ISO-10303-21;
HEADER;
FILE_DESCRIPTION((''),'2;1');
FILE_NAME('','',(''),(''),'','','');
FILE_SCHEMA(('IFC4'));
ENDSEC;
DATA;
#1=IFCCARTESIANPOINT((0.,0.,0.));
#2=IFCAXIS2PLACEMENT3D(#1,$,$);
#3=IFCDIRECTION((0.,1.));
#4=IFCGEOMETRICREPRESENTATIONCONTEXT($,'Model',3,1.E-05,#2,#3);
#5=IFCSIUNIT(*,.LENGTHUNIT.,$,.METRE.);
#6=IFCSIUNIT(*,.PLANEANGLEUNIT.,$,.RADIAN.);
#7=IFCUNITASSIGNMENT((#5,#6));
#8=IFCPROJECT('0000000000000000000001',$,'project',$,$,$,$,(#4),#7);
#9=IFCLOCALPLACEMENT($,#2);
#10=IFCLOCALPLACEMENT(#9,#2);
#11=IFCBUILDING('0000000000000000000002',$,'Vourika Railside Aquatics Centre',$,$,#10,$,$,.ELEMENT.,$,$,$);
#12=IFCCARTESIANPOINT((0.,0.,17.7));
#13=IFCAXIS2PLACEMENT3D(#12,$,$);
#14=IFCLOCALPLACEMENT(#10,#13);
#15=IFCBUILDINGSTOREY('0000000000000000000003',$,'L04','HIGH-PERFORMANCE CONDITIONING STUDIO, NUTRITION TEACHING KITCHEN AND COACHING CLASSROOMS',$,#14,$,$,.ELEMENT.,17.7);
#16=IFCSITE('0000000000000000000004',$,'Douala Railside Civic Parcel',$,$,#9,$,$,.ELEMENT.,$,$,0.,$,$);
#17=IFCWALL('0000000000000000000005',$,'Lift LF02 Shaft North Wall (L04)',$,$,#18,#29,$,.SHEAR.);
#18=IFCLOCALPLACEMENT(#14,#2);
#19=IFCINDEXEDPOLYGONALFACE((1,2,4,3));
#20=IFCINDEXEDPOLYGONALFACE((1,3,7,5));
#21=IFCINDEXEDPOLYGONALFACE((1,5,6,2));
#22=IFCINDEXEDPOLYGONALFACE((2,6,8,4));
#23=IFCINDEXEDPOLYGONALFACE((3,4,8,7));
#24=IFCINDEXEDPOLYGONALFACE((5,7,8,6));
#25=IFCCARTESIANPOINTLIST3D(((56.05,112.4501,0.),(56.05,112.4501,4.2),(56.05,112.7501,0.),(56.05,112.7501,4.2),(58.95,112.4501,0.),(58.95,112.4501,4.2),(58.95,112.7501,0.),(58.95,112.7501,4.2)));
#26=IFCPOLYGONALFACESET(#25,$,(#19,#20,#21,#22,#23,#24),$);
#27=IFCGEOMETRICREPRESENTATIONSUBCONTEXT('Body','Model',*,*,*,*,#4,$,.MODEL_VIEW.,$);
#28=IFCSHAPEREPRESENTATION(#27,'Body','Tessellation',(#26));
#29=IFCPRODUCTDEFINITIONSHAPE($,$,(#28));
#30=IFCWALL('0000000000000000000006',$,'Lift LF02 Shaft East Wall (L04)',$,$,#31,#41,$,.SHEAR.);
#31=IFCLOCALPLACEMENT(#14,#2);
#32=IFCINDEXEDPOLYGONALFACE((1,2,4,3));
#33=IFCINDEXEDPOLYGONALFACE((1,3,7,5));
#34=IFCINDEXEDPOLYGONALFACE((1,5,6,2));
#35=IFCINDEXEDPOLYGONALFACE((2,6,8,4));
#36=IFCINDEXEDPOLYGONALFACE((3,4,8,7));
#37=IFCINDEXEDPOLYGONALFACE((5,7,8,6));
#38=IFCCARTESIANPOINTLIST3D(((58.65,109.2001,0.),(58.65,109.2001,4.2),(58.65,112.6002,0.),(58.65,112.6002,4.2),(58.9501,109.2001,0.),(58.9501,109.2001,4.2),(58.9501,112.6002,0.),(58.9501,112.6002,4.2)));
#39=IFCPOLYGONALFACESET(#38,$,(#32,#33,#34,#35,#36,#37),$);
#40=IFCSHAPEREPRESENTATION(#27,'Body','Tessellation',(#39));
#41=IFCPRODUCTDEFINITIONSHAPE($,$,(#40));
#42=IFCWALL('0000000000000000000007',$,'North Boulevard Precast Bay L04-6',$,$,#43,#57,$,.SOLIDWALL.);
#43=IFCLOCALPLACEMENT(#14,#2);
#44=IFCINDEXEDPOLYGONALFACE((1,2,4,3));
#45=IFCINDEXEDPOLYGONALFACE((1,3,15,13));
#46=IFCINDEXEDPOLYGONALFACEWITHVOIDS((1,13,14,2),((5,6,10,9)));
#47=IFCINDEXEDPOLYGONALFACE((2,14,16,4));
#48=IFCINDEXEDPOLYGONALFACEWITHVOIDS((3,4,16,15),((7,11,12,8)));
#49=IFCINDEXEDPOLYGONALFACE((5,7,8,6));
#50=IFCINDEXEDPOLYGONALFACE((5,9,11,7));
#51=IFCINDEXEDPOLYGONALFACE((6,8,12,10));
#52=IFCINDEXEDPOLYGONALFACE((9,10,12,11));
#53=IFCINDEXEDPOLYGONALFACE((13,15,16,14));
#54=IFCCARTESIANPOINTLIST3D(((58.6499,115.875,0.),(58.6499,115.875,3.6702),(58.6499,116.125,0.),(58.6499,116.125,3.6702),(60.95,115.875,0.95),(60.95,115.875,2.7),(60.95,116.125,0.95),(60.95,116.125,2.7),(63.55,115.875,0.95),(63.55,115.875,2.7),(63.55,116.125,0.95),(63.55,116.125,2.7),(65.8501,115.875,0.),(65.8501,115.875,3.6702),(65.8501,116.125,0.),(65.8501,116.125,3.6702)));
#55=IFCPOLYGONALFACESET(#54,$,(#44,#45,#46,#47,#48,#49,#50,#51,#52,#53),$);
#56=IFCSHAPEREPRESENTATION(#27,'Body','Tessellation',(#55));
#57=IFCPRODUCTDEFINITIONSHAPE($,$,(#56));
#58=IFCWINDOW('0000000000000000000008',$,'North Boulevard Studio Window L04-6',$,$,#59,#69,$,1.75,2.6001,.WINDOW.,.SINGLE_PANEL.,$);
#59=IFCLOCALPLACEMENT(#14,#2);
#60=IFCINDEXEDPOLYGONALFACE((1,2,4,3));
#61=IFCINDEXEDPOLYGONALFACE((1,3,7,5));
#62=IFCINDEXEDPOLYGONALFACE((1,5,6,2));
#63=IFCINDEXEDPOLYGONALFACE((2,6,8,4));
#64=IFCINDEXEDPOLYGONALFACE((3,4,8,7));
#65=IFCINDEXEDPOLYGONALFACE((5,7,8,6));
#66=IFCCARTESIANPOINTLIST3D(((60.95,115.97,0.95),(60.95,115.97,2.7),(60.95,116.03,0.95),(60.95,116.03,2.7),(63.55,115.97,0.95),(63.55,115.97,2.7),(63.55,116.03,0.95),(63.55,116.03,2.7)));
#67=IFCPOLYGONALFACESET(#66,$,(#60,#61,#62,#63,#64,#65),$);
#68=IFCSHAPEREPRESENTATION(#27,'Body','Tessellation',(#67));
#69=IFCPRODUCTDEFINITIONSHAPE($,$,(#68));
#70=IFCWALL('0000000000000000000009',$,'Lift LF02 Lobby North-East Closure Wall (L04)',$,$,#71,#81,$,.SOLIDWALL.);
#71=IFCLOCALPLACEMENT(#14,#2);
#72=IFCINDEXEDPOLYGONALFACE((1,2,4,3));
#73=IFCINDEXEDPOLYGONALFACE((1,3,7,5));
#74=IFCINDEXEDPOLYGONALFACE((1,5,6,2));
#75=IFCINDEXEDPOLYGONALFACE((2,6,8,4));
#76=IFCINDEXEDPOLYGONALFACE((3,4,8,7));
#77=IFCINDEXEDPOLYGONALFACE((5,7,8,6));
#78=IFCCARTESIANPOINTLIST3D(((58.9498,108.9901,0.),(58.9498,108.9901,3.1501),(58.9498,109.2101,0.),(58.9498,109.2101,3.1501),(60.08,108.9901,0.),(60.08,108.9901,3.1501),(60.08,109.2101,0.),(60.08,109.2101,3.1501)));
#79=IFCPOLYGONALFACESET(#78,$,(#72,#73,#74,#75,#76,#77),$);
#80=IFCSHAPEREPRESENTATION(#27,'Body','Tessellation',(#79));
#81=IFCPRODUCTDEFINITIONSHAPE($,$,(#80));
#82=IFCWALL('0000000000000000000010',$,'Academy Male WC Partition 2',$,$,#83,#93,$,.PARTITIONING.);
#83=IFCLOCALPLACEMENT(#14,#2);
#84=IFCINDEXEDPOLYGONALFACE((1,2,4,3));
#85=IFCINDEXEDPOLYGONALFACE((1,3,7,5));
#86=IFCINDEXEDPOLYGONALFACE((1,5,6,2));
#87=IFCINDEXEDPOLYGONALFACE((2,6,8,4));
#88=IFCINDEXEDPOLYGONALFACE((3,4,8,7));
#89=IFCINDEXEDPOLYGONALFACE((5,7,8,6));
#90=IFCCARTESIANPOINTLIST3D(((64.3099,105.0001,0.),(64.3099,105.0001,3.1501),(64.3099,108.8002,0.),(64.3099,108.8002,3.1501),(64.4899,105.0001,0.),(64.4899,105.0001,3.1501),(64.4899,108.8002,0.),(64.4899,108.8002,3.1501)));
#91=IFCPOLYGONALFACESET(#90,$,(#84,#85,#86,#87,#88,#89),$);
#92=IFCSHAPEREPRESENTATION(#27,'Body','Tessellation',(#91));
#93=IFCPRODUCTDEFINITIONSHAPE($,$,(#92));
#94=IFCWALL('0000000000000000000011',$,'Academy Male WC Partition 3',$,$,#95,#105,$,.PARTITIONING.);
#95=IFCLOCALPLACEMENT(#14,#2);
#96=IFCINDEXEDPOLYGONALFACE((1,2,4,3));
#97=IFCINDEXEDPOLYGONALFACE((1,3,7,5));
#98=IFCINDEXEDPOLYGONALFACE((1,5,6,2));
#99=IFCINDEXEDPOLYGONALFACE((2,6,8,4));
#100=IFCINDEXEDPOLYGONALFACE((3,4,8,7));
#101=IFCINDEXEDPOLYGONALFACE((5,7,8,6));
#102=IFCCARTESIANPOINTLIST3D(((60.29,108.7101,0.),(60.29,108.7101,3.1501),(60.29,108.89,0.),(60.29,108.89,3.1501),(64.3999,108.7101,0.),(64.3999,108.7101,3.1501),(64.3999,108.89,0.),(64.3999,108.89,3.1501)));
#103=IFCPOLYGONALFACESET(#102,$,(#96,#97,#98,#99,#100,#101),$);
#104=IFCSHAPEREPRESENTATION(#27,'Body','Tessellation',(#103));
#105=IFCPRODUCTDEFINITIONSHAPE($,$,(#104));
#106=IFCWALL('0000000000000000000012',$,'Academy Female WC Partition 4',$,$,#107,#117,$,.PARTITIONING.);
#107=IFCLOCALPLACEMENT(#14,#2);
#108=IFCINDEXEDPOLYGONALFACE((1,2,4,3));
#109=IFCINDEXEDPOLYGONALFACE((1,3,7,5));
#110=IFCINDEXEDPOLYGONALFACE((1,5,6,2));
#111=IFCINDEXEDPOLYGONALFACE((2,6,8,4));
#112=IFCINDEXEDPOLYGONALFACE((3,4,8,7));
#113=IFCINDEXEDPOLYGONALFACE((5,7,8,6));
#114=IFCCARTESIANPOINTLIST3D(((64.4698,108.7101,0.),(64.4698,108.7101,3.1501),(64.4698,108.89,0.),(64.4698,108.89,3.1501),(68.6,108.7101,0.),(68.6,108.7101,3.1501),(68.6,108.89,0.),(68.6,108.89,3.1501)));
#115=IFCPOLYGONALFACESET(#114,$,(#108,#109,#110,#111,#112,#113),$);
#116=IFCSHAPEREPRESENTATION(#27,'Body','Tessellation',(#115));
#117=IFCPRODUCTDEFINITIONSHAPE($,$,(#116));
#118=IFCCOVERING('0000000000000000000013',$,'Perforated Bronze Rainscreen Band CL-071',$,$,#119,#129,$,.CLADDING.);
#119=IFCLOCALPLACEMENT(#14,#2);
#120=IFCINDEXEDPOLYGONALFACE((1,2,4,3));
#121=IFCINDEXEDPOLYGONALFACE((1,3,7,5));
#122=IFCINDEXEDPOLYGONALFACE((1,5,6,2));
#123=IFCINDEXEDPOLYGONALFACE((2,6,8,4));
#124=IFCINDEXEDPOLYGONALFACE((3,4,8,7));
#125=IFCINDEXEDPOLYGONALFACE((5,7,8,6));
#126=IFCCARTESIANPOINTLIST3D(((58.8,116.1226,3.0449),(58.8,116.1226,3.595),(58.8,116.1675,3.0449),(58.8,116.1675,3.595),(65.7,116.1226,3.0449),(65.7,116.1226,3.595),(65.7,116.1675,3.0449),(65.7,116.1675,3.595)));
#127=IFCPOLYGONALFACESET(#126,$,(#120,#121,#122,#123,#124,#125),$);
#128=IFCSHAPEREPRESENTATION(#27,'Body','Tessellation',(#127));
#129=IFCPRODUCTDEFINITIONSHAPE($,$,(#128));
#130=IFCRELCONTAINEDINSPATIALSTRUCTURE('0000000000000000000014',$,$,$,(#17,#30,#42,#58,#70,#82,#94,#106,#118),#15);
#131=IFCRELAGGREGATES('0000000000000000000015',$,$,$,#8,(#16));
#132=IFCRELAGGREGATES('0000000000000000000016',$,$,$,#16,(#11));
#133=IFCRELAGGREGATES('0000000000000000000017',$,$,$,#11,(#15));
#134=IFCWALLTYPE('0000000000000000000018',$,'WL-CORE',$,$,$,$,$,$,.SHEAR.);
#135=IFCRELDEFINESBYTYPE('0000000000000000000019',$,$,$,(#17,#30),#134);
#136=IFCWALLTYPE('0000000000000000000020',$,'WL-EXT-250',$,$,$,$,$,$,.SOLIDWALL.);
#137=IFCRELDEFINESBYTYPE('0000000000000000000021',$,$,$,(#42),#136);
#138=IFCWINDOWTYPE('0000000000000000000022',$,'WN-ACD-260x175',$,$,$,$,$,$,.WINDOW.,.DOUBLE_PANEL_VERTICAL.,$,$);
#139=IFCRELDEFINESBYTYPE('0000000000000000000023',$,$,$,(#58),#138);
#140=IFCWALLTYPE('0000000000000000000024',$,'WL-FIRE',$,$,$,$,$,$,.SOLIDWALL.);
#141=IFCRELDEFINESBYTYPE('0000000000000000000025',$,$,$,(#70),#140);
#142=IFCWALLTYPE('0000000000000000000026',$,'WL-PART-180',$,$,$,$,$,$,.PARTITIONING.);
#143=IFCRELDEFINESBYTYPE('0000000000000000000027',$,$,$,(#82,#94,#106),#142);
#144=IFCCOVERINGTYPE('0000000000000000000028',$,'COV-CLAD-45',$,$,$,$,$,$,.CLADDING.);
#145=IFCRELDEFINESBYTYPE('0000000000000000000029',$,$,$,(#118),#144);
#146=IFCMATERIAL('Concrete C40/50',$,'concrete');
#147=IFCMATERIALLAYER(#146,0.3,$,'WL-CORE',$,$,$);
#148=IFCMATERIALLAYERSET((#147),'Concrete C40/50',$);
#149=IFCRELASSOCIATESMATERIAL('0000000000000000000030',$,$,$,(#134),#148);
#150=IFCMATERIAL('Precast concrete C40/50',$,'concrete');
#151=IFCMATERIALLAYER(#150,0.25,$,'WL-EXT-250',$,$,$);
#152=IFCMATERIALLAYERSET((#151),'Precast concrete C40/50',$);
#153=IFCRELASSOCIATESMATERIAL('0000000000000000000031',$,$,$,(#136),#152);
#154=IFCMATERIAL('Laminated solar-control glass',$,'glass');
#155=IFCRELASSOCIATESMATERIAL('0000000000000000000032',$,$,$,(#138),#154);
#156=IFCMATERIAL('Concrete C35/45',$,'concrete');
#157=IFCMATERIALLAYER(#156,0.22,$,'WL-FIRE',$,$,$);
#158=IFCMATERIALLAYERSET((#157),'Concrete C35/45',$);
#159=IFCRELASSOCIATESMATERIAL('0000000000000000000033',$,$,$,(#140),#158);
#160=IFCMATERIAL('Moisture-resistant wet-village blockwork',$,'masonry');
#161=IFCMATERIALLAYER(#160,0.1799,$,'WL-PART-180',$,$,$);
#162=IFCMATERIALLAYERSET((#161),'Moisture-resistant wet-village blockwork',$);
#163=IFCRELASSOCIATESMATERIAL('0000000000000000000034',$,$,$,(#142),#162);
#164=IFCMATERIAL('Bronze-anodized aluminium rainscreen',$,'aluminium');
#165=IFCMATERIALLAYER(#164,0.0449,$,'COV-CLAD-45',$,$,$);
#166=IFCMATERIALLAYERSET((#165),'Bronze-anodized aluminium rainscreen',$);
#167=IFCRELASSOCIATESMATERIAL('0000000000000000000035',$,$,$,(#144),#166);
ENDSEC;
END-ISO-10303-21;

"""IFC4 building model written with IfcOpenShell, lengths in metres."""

from ifc_helpers import new_model, si_unit, direction, frame, frame_2d, origin, origin_2d, place, context, subcontext, project, spatial, rectangle, extrude, material, layer, layer_set, type_object, element, fill, save


model = new_model("IFC4")

# Units and contexts
model_context = context("Model", 3, precision=1e-05, world=origin(), true_north=direction((0.0, 1.0)))
body_context = subcontext(model_context, "Body", "Model", "MODEL_VIEW")
ifc_project = project(units=[si_unit("LENGTHUNIT", "METRE"), si_unit("PLANEANGLEUNIT", "RADIAN")], contexts=[model_context])

# Site, building, storey
site_placement = place(None, origin())
site = spatial("IfcSite", under=ifc_project, at=site_placement, Name="Douala Railside Civic Parcel", CompositionType="ELEMENT", RefElevation=0.0)
building_placement = place(site_placement, origin())
building = spatial("IfcBuilding", under=site, at=building_placement, Name="Vourika Railside Aquatics Centre", CompositionType="ELEMENT")
storey_placement = place(building_placement, frame((0.0, 0.0, 17.7)))
storey = spatial("IfcBuildingStorey", under=building, at=storey_placement, Name="L04", Description="HIGH-PERFORMANCE CONDITIONING STUDIO, NUTRITION TEACHING KITCHEN AND COACHING CLASSROOMS", CompositionType="ELEMENT", Elevation=17.7)

# Shared definitions
ifc_material_1 = material(Name="Concrete C35/45", Category="concrete")

# Walls
ifc_material_2 = material(Name="Concrete C40/50", Category="concrete")
ifc_layer_1 = layer(ifc_material_2, 0.3, Name="WL-CORE")
ifc_layer_set_1 = layer_set([ifc_layer_1], Name="Concrete C40/50")
wall_type_1 = type_object("IfcWallType", Name="WL-CORE", PredefinedType="SHEAR", material=ifc_layer_set_1)
wall_1_placement = place(storey_placement, frame((58.95, 112.6001, 0.0), z_axis=(0.0, 0.0, 1.0), x_axis=(-1.0, 0.0, 0.0)))
element("IfcWall", 1, at=wall_1_placement, inside=storey, type_object=wall_type_1, Name="Lift LF02 Shaft North Wall (L04)", PredefinedType="SHEAR", context=body_context, shape_type="SweptSolid", body=[
    extrude(rectangle(XDim=2.8999, YDim=0.3, at=frame_2d((1.45, 0.0))), origin(), (0.0, 0.0, 1.0), 4.2),
])
wall_2_placement = place(storey_placement, frame((58.8, 109.2, 0.0), z_axis=(0.0, 0.0, 1.0), x_axis=(0.0, 1.0, 0.0)))
element("IfcWall", 2, at=wall_2_placement, inside=storey, type_object=wall_type_1, Name="Lift LF02 Shaft East Wall (L04)", PredefinedType="SHEAR", context=body_context, shape_type="SweptSolid", body=[
    extrude(rectangle(XDim=3.4001, YDim=0.3, at=frame_2d((1.7002, 0.0))), origin(), (0.0, 0.0, 1.0), 4.2),
])

# Wall, opening, window
ifc_material_3 = material(Name="Precast concrete C40/50", Category="concrete")
ifc_layer_2 = layer(ifc_material_3, 0.25, Name="WL-EXT-250")
ifc_layer_set_2 = layer_set([ifc_layer_2], Name="Precast concrete C40/50")
wall_type_2 = type_object("IfcWallType", Name="WL-EXT-250", PredefinedType="SOLIDWALL", material=ifc_layer_set_2)
wall_3_placement = place(storey_placement, frame((65.8501, 116.0, 0.0), z_axis=(0.0, 0.0, 1.0), x_axis=(-1.0, 0.0, 0.0)))
wall_3 = element("IfcWall", 3, at=wall_3_placement, inside=storey, type_object=wall_type_2, Name="North Boulevard Precast Bay L04-6", PredefinedType="SOLIDWALL", context=body_context, shape_type="SweptSolid", body=[
    extrude(rectangle(XDim=7.2002, YDim=0.25, at=frame_2d((3.6001, 0.0))), origin(), (0.0, 0.0, 1.0), 3.6702),
])
opening_placement = place(wall_3_placement, frame((2.3, 0.0, 0.95)))
opening = element("IfcOpeningElement", 4, at=opening_placement, cuts=wall_3, PredefinedType="OPENING", context=body_context, shape_type="SweptSolid", body=[
    extrude(rectangle(XDim=2.6001, YDim=1.75, at=frame_2d((1.3, 0.875))), frame((0.0, 0.135, 0.0), z_axis=(0.0, -1.0, 0.0), x_axis=(1.0, 0.0, 0.0)), (0.0, 0.0, 1.0), 0.27),
])
ifc_material_4 = material(Name="Laminated solar-control glass", Category="glass")
window_type = type_object("IfcWindowType", Name="WN-ACD-260x175", PartitioningType="DOUBLE_PANEL_VERTICAL", PredefinedType="WINDOW", material=ifc_material_4)
window_placement = place(opening_placement, origin())
window = element("IfcWindow", 5, at=window_placement, inside=storey, type_object=window_type, Name="North Boulevard Studio Window L04-6", OverallHeight=1.75, OverallWidth=2.6001, PartitioningType="SINGLE_PANEL", PredefinedType="WINDOW", context=body_context, shape_type="SweptSolid", body=[
    extrude(rectangle(XDim=2.6001, YDim=1.75, at=frame_2d((1.3, 0.875))), frame((0.0, 0.03, 0.0), z_axis=(0.0, -1.0, 0.0), x_axis=(1.0, 0.0, 0.0)), (0.0, 0.0, 1.0), 0.0601),
])
fill(opening, window)

# Walls
ifc_layer_3 = layer(ifc_material_1, 0.22, Name="WL-FIRE")
ifc_layer_set_3 = layer_set([ifc_layer_3], Name="Concrete C35/45")
wall_type_3 = type_object("IfcWallType", Name="WL-FIRE", PredefinedType="SOLIDWALL", material=ifc_layer_set_3)
wall_4_placement = place(storey_placement, frame((58.95, 109.1001, 0.0), z_axis=(0.0, 0.0, 1.0), x_axis=(1.0, 0.0, 0.0)))
element("IfcWall", 6, at=wall_4_placement, inside=storey, type_object=wall_type_3, Name="Lift LF02 Lobby North-East Closure Wall (L04)", PredefinedType="SOLIDWALL", context=body_context, shape_type="SweptSolid", body=[
    extrude(rectangle(XDim=1.1301, YDim=0.22, at=frame_2d((0.5649, 0.0))), origin(), (0.0, 0.0, 1.0), 3.1501),
])
ifc_material_5 = material(Name="Moisture-resistant wet-village blockwork", Category="masonry")
ifc_layer_4 = layer(ifc_material_5, 0.1799, Name="WL-PART-180")
ifc_layer_set_4 = layer_set([ifc_layer_4], Name="Moisture-resistant wet-village blockwork")
wall_type_4 = type_object("IfcWallType", Name="WL-PART-180", PredefinedType="PARTITIONING", material=ifc_layer_set_4)
wall_5_placement = place(storey_placement, frame((64.3999, 108.8, 0.0), z_axis=(0.0, 0.0, 1.0), x_axis=(0.0, -1.0, 0.0)))
element("IfcWall", 7, at=wall_5_placement, inside=storey, type_object=wall_type_4, Name="Academy Male WC Partition 2", PredefinedType="PARTITIONING", context=body_context, shape_type="SweptSolid", body=[
    extrude(rectangle(XDim=3.8, YDim=0.1799, at=frame_2d((1.8999, 0.0))), origin(), (0.0, 0.0, 1.0), 3.1501),
])
wall_6_placement = place(storey_placement, frame((60.29, 108.8, 0.0), z_axis=(0.0, 0.0, 1.0), x_axis=(1.0, 0.0, 0.0)))
element("IfcWall", 8, at=wall_6_placement, inside=storey, type_object=wall_type_4, Name="Academy Male WC Partition 3", PredefinedType="PARTITIONING", context=body_context, shape_type="SweptSolid", body=[
    extrude(rectangle(XDim=4.1099, YDim=0.1799, at=frame_2d((2.0549, 0.0))), origin(), (0.0, 0.0, 1.0), 3.1501),
])
wall_7_placement = place(storey_placement, frame((64.47, 108.8, 0.0), z_axis=(0.0, 0.0, 1.0), x_axis=(1.0, 0.0, 0.0)))
element("IfcWall", 9, at=wall_7_placement, inside=storey, type_object=wall_type_4, Name="Academy Female WC Partition 4", PredefinedType="PARTITIONING", context=body_context, shape_type="SweptSolid", body=[
    extrude(rectangle(XDim=4.1301, YDim=0.1799, at=frame_2d((2.0649, 0.0))), origin(), (0.0, 0.0, 1.0), 3.1501),
])

# Covering
ifc_material_6 = material(Name="Bronze-anodized aluminium rainscreen", Category="aluminium")
ifc_layer_5 = layer(ifc_material_6, 0.0449, Name="COV-CLAD-45")
ifc_layer_set_5 = layer_set([ifc_layer_5], Name="Bronze-anodized aluminium rainscreen")
covering_type = type_object("IfcCoveringType", Name="COV-CLAD-45", PredefinedType="CLADDING", material=ifc_layer_set_5)
covering_placement = place(storey_placement, frame((62.25, 116.145, 3.0449), z_axis=(0.0, 0.0, 1.0), x_axis=(-1.0, 0.0, 0.0)))
element("IfcCovering", 10, at=covering_placement, inside=storey, type_object=covering_type, Name="Perforated Bronze Rainscreen Band CL-071", PredefinedType="CLADDING", context=body_context, shape_type="SweptSolid", body=[
    extrude(rectangle(XDim=6.8999, YDim=0.0449, at=origin_2d()), origin(), (0.0, 0.0, 1.0), 0.55),
])

save(model, "model.ifc")
